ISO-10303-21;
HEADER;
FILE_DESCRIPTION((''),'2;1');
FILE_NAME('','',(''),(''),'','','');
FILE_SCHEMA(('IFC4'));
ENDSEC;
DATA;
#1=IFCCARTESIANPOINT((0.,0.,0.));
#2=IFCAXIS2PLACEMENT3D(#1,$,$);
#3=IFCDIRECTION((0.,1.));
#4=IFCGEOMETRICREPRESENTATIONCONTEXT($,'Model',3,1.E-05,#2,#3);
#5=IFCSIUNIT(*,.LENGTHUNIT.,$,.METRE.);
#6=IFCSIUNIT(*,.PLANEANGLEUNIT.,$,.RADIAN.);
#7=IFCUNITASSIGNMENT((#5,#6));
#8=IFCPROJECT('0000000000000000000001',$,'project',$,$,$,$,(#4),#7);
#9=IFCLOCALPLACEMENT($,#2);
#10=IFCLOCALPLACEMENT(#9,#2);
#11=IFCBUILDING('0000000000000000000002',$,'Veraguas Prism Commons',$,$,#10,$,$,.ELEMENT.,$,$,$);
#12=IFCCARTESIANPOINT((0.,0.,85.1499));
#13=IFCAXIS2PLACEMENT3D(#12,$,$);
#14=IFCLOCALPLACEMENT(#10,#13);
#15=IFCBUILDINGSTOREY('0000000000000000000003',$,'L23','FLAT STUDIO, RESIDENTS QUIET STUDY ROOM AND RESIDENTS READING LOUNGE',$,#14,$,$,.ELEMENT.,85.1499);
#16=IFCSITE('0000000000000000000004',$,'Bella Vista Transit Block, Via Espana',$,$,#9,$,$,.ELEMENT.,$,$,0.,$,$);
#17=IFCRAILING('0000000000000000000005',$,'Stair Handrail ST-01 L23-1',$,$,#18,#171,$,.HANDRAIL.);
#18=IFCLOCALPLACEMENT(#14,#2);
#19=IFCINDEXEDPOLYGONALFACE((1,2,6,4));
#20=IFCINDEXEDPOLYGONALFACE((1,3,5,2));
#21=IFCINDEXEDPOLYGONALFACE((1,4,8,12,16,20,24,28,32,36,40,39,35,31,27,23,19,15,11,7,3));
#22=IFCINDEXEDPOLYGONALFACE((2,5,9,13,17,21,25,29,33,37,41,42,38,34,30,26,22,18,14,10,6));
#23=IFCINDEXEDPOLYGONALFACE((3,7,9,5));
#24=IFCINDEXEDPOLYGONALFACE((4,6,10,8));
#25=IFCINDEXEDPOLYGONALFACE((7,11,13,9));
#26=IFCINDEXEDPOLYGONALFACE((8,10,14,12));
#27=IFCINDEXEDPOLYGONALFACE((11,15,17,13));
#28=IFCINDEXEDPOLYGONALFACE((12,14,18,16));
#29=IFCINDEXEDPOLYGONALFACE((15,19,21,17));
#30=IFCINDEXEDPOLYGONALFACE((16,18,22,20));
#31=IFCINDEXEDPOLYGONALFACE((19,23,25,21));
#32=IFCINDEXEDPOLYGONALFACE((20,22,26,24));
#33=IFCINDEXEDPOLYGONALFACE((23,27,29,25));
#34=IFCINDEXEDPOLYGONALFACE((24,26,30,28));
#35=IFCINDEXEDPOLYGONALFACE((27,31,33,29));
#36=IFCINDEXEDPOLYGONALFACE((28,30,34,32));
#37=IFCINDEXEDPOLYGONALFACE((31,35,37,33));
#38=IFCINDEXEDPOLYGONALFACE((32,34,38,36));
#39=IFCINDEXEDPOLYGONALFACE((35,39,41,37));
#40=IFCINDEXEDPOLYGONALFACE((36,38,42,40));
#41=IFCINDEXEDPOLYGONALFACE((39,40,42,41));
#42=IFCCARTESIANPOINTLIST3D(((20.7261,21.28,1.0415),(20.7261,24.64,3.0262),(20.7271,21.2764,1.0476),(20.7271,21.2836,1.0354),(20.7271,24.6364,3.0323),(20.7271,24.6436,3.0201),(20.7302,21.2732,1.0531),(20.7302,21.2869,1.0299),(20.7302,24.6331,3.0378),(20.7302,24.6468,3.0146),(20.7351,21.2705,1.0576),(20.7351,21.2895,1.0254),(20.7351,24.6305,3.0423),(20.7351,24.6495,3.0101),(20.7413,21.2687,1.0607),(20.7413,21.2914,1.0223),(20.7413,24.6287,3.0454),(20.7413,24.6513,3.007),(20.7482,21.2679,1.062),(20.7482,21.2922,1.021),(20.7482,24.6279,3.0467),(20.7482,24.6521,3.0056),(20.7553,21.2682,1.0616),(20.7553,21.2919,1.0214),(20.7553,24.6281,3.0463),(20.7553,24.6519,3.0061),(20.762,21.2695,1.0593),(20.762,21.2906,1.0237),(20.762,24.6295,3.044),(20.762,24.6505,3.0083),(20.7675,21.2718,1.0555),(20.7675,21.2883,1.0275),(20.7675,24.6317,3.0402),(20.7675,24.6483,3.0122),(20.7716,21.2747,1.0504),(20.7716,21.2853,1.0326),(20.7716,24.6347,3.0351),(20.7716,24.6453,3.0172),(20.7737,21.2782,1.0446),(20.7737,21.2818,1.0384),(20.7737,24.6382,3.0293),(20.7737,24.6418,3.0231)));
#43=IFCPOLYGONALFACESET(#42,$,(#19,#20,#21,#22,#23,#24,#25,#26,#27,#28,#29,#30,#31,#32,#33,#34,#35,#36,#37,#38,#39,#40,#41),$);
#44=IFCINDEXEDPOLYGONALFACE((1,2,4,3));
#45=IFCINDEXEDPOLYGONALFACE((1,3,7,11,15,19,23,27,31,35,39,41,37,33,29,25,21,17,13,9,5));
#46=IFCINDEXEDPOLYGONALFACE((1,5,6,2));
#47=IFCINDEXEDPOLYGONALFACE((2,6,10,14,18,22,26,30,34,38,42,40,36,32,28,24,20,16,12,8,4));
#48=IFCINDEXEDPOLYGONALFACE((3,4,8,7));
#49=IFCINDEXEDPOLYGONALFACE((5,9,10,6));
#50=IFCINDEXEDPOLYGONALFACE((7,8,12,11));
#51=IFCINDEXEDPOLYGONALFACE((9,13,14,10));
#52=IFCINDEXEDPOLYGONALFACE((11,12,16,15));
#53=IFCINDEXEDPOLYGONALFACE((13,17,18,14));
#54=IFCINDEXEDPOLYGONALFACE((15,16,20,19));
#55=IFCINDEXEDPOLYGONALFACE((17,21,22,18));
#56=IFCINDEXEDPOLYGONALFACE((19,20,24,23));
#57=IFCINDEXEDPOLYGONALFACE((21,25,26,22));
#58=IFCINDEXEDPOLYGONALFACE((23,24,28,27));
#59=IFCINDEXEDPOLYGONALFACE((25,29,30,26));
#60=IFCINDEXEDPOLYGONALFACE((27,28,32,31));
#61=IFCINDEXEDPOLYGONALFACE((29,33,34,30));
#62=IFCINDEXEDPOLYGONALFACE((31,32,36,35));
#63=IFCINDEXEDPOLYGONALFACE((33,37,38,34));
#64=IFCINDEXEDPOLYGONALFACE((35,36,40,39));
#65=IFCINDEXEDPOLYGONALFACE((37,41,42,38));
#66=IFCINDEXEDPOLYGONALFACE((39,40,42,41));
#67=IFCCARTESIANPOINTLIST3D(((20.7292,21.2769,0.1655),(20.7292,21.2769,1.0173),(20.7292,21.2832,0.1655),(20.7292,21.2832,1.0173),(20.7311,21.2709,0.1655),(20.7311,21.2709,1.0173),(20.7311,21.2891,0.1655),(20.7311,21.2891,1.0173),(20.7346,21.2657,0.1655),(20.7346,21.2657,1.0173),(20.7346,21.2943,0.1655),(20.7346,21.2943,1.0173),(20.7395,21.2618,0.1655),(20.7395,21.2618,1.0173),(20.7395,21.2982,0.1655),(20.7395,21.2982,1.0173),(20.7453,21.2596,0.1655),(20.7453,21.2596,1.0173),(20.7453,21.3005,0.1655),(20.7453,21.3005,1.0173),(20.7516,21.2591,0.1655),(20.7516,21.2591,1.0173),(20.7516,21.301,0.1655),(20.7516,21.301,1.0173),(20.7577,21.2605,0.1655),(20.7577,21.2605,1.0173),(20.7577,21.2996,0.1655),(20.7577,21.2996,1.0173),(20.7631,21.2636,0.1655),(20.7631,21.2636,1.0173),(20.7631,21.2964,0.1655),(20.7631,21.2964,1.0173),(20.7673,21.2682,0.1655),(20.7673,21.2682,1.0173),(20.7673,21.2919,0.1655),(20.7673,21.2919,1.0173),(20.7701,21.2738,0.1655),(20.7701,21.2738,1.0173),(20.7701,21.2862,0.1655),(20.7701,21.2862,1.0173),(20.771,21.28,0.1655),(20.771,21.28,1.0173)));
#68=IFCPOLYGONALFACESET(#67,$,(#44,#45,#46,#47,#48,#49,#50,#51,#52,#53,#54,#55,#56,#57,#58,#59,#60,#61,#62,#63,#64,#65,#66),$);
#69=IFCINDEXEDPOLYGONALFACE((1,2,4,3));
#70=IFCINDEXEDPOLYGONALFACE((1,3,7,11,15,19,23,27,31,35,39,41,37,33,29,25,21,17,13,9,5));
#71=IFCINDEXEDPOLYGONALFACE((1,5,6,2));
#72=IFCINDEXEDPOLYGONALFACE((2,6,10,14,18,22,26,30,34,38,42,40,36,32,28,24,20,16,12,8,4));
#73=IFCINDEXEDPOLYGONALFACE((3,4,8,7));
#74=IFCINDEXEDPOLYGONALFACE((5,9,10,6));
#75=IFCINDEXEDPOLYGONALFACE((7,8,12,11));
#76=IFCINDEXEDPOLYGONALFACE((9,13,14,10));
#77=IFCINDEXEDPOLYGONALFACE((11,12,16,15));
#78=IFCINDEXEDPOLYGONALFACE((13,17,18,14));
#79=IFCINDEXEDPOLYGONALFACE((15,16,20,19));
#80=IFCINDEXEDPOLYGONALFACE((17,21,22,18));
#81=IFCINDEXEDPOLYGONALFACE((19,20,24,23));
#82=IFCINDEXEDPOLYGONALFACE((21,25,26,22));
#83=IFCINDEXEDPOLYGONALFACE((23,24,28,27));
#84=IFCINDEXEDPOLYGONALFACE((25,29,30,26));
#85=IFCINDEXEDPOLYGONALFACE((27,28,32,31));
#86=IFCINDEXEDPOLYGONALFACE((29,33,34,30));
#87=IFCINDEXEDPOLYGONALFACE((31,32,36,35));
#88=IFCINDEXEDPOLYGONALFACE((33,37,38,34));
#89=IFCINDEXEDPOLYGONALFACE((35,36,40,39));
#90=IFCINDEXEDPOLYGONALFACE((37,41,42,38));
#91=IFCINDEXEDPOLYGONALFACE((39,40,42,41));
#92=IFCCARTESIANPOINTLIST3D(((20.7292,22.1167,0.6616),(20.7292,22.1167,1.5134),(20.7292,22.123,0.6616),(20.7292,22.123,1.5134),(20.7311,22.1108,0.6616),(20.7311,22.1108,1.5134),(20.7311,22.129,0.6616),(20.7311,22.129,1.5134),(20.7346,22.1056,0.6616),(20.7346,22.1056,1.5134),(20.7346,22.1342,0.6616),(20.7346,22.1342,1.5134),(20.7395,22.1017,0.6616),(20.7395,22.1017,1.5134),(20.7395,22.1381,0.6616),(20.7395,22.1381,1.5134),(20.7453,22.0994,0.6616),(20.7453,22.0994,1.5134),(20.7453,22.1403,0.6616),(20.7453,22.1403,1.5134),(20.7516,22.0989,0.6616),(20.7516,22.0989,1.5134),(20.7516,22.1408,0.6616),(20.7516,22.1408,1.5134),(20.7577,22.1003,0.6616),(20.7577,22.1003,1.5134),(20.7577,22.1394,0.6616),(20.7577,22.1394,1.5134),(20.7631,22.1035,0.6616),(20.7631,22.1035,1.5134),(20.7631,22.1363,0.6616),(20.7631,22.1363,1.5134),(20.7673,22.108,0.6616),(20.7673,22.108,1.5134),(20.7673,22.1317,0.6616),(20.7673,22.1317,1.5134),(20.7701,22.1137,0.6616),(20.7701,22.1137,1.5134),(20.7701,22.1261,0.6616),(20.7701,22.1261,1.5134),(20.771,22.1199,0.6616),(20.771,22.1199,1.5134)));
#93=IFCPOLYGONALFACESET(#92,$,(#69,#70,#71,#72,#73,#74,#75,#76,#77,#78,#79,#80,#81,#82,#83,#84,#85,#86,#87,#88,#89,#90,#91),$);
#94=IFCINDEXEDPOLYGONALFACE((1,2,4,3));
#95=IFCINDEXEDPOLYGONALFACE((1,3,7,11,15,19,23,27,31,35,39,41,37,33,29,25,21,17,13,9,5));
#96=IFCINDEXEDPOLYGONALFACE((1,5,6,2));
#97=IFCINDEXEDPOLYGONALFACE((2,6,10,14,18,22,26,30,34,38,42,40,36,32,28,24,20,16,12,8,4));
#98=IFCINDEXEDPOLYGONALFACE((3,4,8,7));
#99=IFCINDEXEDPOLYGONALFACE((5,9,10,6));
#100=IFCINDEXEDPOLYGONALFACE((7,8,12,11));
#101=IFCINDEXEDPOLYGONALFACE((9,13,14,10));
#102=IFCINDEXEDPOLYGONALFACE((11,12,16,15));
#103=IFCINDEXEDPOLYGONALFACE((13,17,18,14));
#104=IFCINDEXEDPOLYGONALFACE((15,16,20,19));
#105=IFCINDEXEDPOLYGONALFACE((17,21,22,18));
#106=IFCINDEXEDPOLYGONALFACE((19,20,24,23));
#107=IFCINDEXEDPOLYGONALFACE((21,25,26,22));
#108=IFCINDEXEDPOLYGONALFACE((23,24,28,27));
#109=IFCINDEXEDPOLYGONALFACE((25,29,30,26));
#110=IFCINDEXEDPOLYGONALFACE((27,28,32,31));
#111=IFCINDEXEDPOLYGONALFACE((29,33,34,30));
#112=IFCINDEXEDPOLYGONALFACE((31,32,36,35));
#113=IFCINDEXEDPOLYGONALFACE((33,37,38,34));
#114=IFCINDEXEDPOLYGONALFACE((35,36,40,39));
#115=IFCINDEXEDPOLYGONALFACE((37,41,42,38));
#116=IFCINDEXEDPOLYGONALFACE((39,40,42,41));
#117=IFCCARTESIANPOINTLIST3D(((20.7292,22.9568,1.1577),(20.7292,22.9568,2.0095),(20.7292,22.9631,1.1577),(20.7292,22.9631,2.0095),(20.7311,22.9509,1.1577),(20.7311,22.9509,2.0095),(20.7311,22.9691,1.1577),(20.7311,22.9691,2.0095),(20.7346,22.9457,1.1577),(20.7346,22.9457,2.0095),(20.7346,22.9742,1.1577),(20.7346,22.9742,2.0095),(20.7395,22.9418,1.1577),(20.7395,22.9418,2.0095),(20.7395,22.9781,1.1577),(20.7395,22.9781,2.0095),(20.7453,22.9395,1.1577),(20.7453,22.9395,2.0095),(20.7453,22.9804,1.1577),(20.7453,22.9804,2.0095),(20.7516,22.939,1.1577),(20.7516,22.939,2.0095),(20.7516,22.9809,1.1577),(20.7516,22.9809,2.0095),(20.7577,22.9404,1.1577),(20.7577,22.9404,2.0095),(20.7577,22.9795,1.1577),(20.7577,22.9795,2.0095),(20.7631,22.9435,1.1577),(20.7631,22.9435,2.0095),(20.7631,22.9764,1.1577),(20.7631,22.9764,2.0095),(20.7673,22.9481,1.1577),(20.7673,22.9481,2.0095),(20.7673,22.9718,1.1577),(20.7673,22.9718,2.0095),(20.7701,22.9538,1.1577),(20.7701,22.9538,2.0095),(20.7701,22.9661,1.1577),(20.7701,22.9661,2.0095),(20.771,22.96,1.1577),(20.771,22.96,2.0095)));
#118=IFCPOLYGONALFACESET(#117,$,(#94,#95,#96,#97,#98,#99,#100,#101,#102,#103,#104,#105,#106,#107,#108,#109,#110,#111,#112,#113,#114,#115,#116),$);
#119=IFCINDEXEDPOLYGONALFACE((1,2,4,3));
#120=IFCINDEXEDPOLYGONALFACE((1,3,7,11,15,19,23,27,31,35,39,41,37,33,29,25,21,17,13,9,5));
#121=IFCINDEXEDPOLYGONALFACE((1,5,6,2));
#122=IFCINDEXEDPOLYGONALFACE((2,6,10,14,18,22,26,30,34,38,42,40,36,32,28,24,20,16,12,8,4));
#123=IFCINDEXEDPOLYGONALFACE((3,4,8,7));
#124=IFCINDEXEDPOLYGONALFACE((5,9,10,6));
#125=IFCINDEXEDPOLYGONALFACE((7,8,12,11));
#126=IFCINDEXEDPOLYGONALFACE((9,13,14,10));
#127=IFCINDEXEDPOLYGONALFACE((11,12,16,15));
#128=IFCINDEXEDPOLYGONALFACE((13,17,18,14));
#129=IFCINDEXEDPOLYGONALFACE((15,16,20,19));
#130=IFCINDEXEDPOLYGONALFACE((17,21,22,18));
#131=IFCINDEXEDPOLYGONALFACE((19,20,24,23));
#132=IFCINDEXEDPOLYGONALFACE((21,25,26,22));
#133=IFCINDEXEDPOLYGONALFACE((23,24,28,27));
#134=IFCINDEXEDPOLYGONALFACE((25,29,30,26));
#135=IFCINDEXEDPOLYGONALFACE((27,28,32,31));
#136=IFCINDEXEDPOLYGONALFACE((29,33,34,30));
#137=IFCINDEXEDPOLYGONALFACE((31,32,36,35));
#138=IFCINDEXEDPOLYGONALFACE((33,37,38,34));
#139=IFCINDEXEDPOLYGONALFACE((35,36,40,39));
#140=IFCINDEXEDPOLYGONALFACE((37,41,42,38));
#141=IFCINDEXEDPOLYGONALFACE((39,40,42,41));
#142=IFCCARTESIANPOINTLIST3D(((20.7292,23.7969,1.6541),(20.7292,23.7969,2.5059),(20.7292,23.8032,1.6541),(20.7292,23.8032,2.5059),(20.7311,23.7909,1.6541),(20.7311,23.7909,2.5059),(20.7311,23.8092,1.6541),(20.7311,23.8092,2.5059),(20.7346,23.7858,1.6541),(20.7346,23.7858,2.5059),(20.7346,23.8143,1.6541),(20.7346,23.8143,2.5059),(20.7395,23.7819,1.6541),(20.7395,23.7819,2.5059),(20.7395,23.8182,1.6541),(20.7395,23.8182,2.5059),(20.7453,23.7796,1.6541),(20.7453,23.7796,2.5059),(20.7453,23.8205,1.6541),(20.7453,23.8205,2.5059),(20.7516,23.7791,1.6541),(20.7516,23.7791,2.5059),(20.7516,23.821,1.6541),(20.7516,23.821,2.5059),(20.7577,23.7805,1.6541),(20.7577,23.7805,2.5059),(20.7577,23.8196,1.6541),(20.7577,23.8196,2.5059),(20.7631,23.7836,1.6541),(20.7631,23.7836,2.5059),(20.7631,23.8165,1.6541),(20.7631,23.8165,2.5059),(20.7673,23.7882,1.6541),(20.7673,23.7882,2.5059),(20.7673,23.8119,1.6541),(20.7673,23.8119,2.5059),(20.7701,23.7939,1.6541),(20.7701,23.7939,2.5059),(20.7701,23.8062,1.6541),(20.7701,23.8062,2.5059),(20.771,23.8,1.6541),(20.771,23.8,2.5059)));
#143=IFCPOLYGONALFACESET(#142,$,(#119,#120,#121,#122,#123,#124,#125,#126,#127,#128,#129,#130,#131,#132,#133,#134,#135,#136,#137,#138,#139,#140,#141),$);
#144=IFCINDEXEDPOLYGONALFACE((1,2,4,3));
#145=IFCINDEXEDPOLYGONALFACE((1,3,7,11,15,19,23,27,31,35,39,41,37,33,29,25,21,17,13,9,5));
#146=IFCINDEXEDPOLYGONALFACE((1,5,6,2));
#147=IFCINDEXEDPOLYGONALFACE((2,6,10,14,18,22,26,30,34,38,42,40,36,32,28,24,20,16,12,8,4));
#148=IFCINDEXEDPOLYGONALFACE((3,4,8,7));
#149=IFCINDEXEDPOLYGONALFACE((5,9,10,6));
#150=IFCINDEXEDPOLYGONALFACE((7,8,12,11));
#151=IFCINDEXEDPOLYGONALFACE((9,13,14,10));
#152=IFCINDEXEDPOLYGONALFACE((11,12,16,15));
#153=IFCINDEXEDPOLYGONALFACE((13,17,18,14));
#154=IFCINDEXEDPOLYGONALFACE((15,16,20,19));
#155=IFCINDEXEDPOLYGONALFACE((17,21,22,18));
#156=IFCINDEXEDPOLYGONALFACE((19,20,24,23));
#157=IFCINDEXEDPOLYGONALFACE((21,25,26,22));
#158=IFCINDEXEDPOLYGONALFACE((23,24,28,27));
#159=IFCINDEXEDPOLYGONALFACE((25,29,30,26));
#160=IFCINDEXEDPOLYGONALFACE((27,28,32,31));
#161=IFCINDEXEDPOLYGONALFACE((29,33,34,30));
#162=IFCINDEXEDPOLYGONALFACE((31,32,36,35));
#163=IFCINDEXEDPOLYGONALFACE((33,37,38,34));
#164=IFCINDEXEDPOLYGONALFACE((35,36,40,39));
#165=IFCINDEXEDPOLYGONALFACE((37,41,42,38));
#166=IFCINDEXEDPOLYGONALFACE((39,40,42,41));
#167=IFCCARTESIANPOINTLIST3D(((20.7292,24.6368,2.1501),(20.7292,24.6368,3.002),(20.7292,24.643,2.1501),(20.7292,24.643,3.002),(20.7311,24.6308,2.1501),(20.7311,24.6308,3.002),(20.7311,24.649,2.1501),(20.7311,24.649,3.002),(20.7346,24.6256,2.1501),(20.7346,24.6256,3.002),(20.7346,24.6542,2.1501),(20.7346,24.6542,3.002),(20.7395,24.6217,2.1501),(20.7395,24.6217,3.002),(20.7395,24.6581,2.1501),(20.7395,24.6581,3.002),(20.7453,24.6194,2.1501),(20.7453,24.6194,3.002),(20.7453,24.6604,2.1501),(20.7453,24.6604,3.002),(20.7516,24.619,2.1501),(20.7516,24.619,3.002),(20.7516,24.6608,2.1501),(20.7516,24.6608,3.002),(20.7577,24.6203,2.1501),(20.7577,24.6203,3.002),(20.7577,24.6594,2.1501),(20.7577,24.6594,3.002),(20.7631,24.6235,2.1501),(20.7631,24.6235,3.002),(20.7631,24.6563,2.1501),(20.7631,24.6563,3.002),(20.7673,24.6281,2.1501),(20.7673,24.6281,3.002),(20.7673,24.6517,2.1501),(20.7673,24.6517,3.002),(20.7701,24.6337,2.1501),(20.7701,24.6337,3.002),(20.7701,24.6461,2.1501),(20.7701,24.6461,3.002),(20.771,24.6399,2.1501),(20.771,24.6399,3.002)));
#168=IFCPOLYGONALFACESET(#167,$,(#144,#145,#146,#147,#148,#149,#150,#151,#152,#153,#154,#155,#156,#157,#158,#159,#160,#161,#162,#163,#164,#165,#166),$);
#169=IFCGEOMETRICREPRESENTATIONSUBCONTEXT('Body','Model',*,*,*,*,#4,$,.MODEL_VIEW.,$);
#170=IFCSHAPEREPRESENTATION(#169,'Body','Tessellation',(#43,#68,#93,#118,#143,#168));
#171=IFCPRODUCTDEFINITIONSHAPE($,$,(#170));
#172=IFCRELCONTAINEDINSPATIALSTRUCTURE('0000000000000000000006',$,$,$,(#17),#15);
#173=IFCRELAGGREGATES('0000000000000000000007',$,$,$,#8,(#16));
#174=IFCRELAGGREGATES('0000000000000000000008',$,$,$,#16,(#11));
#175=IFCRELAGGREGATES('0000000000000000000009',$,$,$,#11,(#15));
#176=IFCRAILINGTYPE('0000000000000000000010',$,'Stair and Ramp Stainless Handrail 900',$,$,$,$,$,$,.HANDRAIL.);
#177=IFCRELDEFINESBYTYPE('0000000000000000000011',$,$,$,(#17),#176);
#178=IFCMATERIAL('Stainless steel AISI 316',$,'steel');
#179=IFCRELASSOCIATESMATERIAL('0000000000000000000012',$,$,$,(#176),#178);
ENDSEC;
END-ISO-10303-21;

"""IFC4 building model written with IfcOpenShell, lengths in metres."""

from ifc_helpers import new_model, si_unit, direction, frame, origin, origin_2d, place, context, subcontext, project, spatial, circle, extrude, material, type_object, element, save


model = new_model("IFC4")

# Units and contexts
model_context = context("Model", 3, precision=1e-05, world=origin(), true_north=direction((0.0, 1.0)))
body_context = subcontext(model_context, "Body", "Model", "MODEL_VIEW")
ifc_project = project(units=[si_unit("LENGTHUNIT", "METRE"), si_unit("PLANEANGLEUNIT", "RADIAN")], contexts=[model_context])

# Site, building, storey
site_placement = place(None, origin())
site = spatial("IfcSite", under=ifc_project, at=site_placement, Name="Bella Vista Transit Block, Via Espana", CompositionType="ELEMENT", RefElevation=0.0)
building_placement = place(site_placement, origin())
building = spatial("IfcBuilding", under=site, at=building_placement, Name="Veraguas Prism Commons", CompositionType="ELEMENT")
storey_placement = place(building_placement, frame((0.0, 0.0, 85.1499)))
storey = spatial("IfcBuildingStorey", under=building, at=storey_placement, Name="L23", Description="FLAT STUDIO, RESIDENTS QUIET STUDY ROOM AND RESIDENTS READING LOUNGE", CompositionType="ELEMENT", Elevation=85.1499)

# Shared definitions
ifc_material_1 = material(Name="Stainless steel AISI 316", Category="steel")

# Railing
railing_type_1 = type_object("IfcRailingType", Name="Stair and Ramp Stainless Handrail 900", PredefinedType="HANDRAIL", material=ifc_material_1)
railing_1_placement = place(storey_placement, frame((20.75, 21.28, 0.1655)))
element("IfcRailing", 1, at=railing_1_placement, inside=storey, type_object=railing_type_1, Name="Stair Handrail ST-01 L23-1", PredefinedType="HANDRAIL", context=body_context, shape_type="SweptSolid", body=[
    extrude(circle(Radius=0.0239, at=origin_2d()), frame((0.0, 0.0, 0.876), z_axis=(0.0, 0.861011, 0.508586), x_axis=(-1.0, 0.0, 0.0)), (0.0, 0.0, 1.0), 3.9023),
    extrude(circle(Radius=0.021, at=origin_2d()), origin(), (0.0, 0.0, 1.0), 0.8518),
    extrude(circle(Radius=0.021, at=origin_2d()), frame((0.0, 0.8398, 0.4961)), (0.0, 0.0, 1.0), 0.8518),
    extrude(circle(Radius=0.021, at=origin_2d()), frame((0.0, 1.6799, 0.9922)), (0.0, 0.0, 1.0), 0.8518),
    extrude(circle(Radius=0.021, at=origin_2d()), frame((0.0, 2.52, 1.4885)), (0.0, 0.0, 1.0), 0.8518),
    extrude(circle(Radius=0.021, at=origin_2d()), frame((0.0, 3.3599, 1.9846)), (0.0, 0.0, 1.0), 0.8518),
])

save(model, "model.ifc")
